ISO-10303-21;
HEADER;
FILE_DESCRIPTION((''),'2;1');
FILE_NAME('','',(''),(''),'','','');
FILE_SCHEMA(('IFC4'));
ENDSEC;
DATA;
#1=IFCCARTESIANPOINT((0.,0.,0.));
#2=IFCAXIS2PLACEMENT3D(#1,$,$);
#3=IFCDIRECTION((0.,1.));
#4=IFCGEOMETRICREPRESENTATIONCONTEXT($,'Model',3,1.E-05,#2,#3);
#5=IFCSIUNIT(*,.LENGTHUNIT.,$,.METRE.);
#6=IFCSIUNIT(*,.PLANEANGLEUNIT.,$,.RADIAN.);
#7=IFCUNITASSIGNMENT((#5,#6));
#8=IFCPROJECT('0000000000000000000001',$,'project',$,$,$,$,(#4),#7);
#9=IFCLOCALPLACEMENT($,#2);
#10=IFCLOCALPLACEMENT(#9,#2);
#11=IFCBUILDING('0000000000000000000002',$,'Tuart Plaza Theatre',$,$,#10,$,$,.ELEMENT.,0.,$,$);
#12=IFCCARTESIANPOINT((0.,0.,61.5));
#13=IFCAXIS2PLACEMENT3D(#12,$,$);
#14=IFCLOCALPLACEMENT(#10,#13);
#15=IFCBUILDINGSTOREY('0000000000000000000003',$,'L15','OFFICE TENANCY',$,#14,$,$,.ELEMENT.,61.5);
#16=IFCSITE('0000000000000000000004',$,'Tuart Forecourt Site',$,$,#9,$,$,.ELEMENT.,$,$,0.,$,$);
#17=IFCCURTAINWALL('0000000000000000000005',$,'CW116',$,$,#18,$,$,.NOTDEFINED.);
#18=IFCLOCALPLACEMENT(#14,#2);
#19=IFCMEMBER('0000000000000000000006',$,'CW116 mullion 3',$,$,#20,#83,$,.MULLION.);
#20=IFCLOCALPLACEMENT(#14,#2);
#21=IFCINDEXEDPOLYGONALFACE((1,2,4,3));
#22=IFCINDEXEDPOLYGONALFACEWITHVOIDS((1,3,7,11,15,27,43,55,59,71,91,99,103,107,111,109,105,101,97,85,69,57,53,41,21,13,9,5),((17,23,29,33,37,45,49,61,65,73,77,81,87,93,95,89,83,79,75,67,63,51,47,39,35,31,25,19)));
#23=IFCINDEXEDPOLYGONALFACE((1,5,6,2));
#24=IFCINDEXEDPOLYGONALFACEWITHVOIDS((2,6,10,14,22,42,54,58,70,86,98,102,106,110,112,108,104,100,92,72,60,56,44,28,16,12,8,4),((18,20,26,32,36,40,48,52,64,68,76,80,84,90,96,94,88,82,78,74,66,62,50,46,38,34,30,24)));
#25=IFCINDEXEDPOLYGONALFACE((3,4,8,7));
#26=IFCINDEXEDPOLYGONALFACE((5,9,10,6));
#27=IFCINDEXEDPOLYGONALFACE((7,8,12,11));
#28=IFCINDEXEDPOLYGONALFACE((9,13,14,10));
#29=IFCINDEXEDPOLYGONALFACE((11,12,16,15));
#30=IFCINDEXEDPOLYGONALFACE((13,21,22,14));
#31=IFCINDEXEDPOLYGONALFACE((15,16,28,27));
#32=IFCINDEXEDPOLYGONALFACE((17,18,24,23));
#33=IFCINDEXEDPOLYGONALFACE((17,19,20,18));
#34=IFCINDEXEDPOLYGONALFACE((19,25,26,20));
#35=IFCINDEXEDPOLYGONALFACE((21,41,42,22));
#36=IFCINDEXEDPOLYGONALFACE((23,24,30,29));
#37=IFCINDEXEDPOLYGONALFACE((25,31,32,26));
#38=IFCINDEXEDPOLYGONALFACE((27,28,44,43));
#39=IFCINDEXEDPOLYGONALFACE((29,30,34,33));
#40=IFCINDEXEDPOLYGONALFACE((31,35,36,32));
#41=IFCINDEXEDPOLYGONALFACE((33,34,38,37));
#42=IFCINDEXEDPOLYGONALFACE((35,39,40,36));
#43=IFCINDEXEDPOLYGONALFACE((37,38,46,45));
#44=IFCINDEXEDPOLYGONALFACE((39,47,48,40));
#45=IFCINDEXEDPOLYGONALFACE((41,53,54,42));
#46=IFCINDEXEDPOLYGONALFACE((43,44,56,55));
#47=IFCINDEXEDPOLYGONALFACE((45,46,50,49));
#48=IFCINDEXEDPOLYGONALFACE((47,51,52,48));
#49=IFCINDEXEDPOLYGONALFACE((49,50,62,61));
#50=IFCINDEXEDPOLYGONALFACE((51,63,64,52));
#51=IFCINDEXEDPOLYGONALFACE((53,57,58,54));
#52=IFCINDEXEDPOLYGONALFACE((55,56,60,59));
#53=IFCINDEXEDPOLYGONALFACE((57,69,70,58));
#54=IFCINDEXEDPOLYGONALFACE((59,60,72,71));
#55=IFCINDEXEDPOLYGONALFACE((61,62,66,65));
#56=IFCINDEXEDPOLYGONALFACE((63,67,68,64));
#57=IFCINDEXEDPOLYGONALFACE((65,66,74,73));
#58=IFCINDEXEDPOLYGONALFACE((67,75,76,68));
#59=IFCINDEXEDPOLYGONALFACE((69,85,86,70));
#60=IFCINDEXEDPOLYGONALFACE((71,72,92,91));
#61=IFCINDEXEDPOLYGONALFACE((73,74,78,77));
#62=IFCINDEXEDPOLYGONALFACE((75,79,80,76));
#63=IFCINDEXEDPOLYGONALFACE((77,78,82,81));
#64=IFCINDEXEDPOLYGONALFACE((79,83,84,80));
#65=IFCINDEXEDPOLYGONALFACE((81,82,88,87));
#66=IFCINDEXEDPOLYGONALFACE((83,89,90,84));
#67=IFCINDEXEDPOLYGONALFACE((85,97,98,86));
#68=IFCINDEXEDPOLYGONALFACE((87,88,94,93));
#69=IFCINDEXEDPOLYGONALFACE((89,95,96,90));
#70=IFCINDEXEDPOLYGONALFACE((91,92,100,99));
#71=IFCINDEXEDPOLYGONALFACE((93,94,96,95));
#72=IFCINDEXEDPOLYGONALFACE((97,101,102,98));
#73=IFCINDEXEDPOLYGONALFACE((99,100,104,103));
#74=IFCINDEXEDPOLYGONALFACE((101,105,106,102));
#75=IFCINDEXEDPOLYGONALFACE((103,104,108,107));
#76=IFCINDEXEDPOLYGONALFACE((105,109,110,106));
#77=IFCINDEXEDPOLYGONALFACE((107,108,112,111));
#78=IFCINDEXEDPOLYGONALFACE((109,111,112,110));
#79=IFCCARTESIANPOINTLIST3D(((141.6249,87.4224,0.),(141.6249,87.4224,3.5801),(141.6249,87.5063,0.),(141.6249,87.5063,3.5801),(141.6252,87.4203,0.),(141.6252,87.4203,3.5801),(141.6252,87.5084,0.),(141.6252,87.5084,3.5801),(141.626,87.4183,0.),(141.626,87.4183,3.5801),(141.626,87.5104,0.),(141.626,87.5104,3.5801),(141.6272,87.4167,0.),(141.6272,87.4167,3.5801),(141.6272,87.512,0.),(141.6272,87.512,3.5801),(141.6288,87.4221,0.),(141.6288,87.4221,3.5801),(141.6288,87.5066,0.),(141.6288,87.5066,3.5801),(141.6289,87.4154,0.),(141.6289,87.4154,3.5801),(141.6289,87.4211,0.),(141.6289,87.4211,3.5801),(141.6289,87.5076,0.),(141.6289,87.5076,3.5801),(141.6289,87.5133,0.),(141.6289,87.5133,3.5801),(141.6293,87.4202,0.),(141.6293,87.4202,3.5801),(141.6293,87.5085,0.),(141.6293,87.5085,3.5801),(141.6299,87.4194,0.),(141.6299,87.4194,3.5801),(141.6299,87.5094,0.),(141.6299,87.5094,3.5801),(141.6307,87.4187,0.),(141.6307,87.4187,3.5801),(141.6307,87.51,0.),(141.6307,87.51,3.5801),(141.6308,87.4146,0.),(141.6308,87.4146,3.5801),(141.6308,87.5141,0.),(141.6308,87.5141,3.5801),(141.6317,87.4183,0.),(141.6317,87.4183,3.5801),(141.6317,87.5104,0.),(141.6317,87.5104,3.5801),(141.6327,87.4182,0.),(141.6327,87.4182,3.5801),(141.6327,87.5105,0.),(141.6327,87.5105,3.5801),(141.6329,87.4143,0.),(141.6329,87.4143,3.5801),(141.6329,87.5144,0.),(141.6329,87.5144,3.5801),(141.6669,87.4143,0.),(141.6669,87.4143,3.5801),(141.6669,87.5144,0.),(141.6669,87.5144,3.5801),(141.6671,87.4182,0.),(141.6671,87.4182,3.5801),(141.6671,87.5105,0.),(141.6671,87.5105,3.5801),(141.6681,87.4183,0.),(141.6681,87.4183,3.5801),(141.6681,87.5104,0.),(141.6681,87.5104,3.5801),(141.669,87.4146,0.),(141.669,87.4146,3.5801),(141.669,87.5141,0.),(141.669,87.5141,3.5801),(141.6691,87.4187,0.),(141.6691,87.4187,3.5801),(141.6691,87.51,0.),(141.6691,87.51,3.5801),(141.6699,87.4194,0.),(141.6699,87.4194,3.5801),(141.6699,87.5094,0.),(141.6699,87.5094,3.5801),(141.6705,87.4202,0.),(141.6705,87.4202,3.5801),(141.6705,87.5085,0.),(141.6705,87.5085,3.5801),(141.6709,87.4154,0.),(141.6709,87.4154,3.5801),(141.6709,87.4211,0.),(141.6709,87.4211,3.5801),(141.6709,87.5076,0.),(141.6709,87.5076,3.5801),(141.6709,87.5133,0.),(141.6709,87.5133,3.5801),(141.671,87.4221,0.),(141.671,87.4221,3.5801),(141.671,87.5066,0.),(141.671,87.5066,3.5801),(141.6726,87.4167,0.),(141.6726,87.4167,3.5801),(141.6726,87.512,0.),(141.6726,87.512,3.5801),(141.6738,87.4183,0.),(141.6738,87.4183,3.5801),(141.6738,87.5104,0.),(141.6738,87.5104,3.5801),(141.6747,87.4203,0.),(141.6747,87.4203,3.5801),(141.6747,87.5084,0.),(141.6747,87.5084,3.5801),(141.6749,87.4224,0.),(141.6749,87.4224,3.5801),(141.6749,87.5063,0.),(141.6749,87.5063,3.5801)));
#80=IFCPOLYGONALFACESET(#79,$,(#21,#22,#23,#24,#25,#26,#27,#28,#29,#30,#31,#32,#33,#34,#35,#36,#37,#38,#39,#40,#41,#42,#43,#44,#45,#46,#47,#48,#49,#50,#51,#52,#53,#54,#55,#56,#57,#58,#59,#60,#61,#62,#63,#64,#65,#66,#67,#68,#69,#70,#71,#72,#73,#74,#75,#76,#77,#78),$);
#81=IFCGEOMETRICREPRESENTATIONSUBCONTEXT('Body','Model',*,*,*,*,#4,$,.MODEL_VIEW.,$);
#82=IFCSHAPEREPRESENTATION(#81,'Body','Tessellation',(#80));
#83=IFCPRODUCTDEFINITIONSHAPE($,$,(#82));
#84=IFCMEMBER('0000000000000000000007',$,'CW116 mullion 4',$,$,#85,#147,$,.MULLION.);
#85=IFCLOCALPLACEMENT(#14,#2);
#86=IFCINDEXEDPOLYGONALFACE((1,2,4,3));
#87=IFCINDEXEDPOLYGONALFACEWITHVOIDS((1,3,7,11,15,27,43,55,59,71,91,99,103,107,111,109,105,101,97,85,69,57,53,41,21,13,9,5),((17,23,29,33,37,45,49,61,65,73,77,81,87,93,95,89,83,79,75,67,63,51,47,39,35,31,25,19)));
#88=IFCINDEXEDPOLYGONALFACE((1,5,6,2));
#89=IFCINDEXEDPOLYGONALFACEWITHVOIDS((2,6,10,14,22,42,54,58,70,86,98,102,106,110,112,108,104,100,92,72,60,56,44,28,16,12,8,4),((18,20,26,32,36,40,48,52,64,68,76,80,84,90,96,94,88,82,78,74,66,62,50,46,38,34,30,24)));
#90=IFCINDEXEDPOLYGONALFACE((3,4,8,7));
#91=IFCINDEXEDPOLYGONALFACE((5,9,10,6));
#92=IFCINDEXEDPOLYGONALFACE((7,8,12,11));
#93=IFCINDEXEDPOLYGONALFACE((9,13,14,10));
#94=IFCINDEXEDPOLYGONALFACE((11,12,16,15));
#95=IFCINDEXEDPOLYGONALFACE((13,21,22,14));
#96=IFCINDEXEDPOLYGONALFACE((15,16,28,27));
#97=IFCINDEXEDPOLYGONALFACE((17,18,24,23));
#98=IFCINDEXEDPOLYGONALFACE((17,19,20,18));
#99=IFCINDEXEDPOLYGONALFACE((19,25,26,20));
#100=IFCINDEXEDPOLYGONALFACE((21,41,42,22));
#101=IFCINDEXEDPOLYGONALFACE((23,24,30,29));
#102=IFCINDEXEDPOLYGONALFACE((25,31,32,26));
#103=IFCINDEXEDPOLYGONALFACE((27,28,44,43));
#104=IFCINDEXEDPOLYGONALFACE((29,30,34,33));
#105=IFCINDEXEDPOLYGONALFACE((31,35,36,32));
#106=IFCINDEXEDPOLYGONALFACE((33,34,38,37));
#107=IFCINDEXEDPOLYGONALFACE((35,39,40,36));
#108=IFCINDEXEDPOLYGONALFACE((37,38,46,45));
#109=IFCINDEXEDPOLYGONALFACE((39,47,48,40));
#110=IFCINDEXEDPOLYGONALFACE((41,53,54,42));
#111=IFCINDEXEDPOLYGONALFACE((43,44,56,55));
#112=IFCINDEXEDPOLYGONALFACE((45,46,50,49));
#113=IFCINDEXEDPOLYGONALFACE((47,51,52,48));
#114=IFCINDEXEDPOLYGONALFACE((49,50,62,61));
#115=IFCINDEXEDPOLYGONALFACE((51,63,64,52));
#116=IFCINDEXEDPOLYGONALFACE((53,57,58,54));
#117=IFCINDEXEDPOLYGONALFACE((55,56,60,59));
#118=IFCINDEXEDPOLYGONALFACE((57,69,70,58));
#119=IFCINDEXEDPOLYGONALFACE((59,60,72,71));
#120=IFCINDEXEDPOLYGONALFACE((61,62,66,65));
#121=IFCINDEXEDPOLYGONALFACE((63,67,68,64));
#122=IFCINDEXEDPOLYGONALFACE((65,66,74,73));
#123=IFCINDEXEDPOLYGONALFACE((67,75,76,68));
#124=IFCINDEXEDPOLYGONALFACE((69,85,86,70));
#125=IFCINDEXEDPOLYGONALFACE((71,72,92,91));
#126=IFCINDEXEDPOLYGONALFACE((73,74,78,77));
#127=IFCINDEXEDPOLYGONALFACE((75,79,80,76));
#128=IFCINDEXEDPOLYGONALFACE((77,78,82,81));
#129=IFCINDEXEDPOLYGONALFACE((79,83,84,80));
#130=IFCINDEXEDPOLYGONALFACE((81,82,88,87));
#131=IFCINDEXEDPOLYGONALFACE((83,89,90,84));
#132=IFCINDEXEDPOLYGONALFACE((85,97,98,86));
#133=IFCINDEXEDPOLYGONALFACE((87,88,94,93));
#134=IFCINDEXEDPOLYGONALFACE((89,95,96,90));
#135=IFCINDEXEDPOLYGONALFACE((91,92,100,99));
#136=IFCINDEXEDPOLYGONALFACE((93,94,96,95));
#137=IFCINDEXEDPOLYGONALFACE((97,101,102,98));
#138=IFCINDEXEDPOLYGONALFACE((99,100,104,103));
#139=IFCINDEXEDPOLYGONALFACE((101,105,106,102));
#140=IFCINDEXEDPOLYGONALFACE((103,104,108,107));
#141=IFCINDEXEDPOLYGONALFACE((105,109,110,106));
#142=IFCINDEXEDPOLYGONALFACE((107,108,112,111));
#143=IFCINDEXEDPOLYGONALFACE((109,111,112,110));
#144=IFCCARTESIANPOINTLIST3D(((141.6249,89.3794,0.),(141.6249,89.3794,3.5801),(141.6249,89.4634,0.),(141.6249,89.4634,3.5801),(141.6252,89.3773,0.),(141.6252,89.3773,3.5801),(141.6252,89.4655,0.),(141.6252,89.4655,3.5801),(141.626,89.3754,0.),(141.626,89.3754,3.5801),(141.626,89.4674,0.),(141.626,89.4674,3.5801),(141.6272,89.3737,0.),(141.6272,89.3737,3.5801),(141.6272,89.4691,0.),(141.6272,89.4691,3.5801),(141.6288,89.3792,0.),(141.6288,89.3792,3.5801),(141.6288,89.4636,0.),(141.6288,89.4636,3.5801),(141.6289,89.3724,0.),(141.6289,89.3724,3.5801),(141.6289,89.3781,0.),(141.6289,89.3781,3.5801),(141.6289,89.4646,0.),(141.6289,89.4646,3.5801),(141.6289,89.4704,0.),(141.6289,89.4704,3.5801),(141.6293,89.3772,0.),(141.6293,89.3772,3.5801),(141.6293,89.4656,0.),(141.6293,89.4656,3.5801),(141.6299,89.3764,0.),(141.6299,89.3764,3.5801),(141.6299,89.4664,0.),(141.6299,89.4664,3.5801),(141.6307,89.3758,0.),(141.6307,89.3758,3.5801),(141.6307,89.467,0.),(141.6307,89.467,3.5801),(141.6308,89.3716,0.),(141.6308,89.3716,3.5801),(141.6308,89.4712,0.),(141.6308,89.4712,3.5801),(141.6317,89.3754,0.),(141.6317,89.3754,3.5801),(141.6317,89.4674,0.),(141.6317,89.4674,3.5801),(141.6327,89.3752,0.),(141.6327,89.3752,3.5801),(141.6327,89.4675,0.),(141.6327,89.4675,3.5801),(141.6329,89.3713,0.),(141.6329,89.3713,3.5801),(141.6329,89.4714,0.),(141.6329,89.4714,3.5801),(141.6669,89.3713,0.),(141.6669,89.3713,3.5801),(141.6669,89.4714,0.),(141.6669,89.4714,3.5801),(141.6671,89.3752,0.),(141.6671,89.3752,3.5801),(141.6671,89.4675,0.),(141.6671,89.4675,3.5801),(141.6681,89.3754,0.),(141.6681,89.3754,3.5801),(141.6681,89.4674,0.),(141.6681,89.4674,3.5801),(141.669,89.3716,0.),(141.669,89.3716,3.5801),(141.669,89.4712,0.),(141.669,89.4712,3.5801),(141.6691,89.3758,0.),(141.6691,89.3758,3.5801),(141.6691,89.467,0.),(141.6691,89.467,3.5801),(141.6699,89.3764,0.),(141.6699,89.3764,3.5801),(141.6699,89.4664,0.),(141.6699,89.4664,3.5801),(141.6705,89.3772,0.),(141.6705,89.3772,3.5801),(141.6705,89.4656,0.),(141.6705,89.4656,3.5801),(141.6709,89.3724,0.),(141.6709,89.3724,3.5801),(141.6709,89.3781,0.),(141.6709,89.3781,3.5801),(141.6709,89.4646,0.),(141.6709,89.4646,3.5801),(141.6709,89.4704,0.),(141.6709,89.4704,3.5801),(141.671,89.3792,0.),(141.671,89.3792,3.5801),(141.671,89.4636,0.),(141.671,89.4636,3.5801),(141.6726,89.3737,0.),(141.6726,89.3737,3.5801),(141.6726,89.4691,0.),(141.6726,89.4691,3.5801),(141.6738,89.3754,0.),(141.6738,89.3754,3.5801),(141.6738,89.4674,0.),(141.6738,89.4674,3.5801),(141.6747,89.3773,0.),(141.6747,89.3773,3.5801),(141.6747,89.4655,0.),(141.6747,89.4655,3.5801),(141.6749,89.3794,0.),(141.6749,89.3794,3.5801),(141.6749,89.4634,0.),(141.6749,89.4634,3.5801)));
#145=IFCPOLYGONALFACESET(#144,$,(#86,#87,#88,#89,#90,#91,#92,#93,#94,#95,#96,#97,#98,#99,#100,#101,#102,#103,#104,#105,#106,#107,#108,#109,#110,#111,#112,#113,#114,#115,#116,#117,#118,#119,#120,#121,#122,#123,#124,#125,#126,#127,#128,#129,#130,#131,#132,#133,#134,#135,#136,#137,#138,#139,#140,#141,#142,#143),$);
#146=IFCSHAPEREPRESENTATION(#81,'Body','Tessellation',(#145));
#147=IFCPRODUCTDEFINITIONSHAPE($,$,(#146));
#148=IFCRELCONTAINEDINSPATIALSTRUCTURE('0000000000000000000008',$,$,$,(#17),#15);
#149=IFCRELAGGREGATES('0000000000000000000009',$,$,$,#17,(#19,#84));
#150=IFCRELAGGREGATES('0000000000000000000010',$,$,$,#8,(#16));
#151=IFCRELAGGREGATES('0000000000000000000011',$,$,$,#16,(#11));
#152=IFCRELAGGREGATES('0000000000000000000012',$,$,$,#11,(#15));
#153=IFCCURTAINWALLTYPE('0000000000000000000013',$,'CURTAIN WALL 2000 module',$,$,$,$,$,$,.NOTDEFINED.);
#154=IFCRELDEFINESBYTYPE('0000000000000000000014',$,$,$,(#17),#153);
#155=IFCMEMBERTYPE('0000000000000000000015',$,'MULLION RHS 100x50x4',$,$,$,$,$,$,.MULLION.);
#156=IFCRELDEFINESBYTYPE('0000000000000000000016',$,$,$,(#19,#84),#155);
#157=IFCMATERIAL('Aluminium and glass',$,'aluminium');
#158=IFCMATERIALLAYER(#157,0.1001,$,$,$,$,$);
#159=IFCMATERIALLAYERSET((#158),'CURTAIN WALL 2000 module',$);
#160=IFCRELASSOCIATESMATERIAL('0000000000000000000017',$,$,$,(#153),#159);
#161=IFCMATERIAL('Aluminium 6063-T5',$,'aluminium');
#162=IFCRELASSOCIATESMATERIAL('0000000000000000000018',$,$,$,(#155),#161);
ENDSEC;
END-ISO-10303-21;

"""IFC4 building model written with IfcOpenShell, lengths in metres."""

from ifc_helpers import new_model, si_unit, direction, frame, origin, origin_2d, place, context, subcontext, project, spatial, hollow_rectangle, extrude, material, layer, layer_set, material_profile, profile_set, type_object, element, aggregate, save


model = new_model("IFC4")

# Units and contexts
model_context = context("Model", 3, precision=1e-05, world=origin(), true_north=direction((0.0, 1.0)))
body_context = subcontext(model_context, "Body", "Model", "MODEL_VIEW")
ifc_project = project(units=[si_unit("LENGTHUNIT", "METRE"), si_unit("PLANEANGLEUNIT", "RADIAN")], contexts=[model_context])

# Site, building, storey
site_placement = place(None, origin())
site = spatial("IfcSite", under=ifc_project, at=site_placement, Name="Tuart Forecourt Site", CompositionType="ELEMENT", RefElevation=0.0)
building_placement = place(site_placement, origin())
building = spatial("IfcBuilding", under=site, at=building_placement, Name="Tuart Plaza Theatre", CompositionType="ELEMENT", ElevationOfRefHeight=0.0)
storey_placement = place(building_placement, frame((0.0, 0.0, 61.5)))
storey = spatial("IfcBuildingStorey", under=building, at=storey_placement, Name="L15", Description="OFFICE TENANCY", CompositionType="ELEMENT", Elevation=61.5)

# Curtain wall, members
ifc_material_1 = material(Name="Aluminium and glass", Category="aluminium")
ifc_layer_1 = layer(ifc_material_1, 0.1001)
ifc_layer_set_1 = layer_set([ifc_layer_1], Name="CURTAIN WALL 2000 module")
curtain_wall_type = type_object("IfcCurtainWallType", Name="CURTAIN WALL 2000 module", PredefinedType="NOTDEFINED", material=ifc_layer_set_1)
curtain_wall_placement = place(storey_placement, origin())
curtain_wall = element("IfcCurtainWall", 1, at=curtain_wall_placement, inside=storey, type_object=curtain_wall_type, Name="CW116", PredefinedType="NOTDEFINED")
ifc_material_2 = material(Name="Aluminium 6063-T5", Category="aluminium")
ifc_material_profile_1 = material_profile(ifc_material_2, hollow_rectangle(XDim=0.05, YDim=0.1001, WallThickness=0.0039, InnerFilletRadius=0.0039, OuterFilletRadius=0.0081, at=origin_2d()), Name="RHS 100x50x4")
ifc_profile_set_1 = profile_set([ifc_material_profile_1], Name="Aluminium 6063-T5")
member_type_1 = type_object("IfcMemberType", Name="MULLION RHS 100x50x4", PredefinedType="MULLION", material=ifc_profile_set_1)
member_1_placement = place(storey_placement, frame((141.6499, 87.4644, 0.0), z_axis=(0.0, 0.0, 1.0), x_axis=(-1.0, 0.0, 0.0)))
member_1 = element("IfcMember", 2, at=member_1_placement, type_object=member_type_1, Name="CW116 mullion 3", PredefinedType="MULLION", context=body_context, shape_type="SweptSolid", body=[
    extrude(hollow_rectangle(XDim=0.05, YDim=0.1001, WallThickness=0.0039, InnerFilletRadius=0.0039, OuterFilletRadius=0.0081, at=origin_2d()), origin(), (0.0, 0.0, 1.0), 3.5801),
])
member_2_placement = place(storey_placement, frame((141.6499, 89.4214, 0.0), z_axis=(0.0, 0.0, 1.0), x_axis=(-1.0, 0.0, 0.0)))
member_2 = element("IfcMember", 3, at=member_2_placement, type_object=member_type_1, Name="CW116 mullion 4", PredefinedType="MULLION", context=body_context, shape_type="SweptSolid", body=[
    extrude(hollow_rectangle(XDim=0.05, YDim=0.1001, WallThickness=0.0039, InnerFilletRadius=0.0039, OuterFilletRadius=0.0081, at=origin_2d()), origin(), (0.0, 0.0, 1.0), 3.5801),
])
aggregate(curtain_wall, [member_1, member_2])

save(model, "model.ifc")
